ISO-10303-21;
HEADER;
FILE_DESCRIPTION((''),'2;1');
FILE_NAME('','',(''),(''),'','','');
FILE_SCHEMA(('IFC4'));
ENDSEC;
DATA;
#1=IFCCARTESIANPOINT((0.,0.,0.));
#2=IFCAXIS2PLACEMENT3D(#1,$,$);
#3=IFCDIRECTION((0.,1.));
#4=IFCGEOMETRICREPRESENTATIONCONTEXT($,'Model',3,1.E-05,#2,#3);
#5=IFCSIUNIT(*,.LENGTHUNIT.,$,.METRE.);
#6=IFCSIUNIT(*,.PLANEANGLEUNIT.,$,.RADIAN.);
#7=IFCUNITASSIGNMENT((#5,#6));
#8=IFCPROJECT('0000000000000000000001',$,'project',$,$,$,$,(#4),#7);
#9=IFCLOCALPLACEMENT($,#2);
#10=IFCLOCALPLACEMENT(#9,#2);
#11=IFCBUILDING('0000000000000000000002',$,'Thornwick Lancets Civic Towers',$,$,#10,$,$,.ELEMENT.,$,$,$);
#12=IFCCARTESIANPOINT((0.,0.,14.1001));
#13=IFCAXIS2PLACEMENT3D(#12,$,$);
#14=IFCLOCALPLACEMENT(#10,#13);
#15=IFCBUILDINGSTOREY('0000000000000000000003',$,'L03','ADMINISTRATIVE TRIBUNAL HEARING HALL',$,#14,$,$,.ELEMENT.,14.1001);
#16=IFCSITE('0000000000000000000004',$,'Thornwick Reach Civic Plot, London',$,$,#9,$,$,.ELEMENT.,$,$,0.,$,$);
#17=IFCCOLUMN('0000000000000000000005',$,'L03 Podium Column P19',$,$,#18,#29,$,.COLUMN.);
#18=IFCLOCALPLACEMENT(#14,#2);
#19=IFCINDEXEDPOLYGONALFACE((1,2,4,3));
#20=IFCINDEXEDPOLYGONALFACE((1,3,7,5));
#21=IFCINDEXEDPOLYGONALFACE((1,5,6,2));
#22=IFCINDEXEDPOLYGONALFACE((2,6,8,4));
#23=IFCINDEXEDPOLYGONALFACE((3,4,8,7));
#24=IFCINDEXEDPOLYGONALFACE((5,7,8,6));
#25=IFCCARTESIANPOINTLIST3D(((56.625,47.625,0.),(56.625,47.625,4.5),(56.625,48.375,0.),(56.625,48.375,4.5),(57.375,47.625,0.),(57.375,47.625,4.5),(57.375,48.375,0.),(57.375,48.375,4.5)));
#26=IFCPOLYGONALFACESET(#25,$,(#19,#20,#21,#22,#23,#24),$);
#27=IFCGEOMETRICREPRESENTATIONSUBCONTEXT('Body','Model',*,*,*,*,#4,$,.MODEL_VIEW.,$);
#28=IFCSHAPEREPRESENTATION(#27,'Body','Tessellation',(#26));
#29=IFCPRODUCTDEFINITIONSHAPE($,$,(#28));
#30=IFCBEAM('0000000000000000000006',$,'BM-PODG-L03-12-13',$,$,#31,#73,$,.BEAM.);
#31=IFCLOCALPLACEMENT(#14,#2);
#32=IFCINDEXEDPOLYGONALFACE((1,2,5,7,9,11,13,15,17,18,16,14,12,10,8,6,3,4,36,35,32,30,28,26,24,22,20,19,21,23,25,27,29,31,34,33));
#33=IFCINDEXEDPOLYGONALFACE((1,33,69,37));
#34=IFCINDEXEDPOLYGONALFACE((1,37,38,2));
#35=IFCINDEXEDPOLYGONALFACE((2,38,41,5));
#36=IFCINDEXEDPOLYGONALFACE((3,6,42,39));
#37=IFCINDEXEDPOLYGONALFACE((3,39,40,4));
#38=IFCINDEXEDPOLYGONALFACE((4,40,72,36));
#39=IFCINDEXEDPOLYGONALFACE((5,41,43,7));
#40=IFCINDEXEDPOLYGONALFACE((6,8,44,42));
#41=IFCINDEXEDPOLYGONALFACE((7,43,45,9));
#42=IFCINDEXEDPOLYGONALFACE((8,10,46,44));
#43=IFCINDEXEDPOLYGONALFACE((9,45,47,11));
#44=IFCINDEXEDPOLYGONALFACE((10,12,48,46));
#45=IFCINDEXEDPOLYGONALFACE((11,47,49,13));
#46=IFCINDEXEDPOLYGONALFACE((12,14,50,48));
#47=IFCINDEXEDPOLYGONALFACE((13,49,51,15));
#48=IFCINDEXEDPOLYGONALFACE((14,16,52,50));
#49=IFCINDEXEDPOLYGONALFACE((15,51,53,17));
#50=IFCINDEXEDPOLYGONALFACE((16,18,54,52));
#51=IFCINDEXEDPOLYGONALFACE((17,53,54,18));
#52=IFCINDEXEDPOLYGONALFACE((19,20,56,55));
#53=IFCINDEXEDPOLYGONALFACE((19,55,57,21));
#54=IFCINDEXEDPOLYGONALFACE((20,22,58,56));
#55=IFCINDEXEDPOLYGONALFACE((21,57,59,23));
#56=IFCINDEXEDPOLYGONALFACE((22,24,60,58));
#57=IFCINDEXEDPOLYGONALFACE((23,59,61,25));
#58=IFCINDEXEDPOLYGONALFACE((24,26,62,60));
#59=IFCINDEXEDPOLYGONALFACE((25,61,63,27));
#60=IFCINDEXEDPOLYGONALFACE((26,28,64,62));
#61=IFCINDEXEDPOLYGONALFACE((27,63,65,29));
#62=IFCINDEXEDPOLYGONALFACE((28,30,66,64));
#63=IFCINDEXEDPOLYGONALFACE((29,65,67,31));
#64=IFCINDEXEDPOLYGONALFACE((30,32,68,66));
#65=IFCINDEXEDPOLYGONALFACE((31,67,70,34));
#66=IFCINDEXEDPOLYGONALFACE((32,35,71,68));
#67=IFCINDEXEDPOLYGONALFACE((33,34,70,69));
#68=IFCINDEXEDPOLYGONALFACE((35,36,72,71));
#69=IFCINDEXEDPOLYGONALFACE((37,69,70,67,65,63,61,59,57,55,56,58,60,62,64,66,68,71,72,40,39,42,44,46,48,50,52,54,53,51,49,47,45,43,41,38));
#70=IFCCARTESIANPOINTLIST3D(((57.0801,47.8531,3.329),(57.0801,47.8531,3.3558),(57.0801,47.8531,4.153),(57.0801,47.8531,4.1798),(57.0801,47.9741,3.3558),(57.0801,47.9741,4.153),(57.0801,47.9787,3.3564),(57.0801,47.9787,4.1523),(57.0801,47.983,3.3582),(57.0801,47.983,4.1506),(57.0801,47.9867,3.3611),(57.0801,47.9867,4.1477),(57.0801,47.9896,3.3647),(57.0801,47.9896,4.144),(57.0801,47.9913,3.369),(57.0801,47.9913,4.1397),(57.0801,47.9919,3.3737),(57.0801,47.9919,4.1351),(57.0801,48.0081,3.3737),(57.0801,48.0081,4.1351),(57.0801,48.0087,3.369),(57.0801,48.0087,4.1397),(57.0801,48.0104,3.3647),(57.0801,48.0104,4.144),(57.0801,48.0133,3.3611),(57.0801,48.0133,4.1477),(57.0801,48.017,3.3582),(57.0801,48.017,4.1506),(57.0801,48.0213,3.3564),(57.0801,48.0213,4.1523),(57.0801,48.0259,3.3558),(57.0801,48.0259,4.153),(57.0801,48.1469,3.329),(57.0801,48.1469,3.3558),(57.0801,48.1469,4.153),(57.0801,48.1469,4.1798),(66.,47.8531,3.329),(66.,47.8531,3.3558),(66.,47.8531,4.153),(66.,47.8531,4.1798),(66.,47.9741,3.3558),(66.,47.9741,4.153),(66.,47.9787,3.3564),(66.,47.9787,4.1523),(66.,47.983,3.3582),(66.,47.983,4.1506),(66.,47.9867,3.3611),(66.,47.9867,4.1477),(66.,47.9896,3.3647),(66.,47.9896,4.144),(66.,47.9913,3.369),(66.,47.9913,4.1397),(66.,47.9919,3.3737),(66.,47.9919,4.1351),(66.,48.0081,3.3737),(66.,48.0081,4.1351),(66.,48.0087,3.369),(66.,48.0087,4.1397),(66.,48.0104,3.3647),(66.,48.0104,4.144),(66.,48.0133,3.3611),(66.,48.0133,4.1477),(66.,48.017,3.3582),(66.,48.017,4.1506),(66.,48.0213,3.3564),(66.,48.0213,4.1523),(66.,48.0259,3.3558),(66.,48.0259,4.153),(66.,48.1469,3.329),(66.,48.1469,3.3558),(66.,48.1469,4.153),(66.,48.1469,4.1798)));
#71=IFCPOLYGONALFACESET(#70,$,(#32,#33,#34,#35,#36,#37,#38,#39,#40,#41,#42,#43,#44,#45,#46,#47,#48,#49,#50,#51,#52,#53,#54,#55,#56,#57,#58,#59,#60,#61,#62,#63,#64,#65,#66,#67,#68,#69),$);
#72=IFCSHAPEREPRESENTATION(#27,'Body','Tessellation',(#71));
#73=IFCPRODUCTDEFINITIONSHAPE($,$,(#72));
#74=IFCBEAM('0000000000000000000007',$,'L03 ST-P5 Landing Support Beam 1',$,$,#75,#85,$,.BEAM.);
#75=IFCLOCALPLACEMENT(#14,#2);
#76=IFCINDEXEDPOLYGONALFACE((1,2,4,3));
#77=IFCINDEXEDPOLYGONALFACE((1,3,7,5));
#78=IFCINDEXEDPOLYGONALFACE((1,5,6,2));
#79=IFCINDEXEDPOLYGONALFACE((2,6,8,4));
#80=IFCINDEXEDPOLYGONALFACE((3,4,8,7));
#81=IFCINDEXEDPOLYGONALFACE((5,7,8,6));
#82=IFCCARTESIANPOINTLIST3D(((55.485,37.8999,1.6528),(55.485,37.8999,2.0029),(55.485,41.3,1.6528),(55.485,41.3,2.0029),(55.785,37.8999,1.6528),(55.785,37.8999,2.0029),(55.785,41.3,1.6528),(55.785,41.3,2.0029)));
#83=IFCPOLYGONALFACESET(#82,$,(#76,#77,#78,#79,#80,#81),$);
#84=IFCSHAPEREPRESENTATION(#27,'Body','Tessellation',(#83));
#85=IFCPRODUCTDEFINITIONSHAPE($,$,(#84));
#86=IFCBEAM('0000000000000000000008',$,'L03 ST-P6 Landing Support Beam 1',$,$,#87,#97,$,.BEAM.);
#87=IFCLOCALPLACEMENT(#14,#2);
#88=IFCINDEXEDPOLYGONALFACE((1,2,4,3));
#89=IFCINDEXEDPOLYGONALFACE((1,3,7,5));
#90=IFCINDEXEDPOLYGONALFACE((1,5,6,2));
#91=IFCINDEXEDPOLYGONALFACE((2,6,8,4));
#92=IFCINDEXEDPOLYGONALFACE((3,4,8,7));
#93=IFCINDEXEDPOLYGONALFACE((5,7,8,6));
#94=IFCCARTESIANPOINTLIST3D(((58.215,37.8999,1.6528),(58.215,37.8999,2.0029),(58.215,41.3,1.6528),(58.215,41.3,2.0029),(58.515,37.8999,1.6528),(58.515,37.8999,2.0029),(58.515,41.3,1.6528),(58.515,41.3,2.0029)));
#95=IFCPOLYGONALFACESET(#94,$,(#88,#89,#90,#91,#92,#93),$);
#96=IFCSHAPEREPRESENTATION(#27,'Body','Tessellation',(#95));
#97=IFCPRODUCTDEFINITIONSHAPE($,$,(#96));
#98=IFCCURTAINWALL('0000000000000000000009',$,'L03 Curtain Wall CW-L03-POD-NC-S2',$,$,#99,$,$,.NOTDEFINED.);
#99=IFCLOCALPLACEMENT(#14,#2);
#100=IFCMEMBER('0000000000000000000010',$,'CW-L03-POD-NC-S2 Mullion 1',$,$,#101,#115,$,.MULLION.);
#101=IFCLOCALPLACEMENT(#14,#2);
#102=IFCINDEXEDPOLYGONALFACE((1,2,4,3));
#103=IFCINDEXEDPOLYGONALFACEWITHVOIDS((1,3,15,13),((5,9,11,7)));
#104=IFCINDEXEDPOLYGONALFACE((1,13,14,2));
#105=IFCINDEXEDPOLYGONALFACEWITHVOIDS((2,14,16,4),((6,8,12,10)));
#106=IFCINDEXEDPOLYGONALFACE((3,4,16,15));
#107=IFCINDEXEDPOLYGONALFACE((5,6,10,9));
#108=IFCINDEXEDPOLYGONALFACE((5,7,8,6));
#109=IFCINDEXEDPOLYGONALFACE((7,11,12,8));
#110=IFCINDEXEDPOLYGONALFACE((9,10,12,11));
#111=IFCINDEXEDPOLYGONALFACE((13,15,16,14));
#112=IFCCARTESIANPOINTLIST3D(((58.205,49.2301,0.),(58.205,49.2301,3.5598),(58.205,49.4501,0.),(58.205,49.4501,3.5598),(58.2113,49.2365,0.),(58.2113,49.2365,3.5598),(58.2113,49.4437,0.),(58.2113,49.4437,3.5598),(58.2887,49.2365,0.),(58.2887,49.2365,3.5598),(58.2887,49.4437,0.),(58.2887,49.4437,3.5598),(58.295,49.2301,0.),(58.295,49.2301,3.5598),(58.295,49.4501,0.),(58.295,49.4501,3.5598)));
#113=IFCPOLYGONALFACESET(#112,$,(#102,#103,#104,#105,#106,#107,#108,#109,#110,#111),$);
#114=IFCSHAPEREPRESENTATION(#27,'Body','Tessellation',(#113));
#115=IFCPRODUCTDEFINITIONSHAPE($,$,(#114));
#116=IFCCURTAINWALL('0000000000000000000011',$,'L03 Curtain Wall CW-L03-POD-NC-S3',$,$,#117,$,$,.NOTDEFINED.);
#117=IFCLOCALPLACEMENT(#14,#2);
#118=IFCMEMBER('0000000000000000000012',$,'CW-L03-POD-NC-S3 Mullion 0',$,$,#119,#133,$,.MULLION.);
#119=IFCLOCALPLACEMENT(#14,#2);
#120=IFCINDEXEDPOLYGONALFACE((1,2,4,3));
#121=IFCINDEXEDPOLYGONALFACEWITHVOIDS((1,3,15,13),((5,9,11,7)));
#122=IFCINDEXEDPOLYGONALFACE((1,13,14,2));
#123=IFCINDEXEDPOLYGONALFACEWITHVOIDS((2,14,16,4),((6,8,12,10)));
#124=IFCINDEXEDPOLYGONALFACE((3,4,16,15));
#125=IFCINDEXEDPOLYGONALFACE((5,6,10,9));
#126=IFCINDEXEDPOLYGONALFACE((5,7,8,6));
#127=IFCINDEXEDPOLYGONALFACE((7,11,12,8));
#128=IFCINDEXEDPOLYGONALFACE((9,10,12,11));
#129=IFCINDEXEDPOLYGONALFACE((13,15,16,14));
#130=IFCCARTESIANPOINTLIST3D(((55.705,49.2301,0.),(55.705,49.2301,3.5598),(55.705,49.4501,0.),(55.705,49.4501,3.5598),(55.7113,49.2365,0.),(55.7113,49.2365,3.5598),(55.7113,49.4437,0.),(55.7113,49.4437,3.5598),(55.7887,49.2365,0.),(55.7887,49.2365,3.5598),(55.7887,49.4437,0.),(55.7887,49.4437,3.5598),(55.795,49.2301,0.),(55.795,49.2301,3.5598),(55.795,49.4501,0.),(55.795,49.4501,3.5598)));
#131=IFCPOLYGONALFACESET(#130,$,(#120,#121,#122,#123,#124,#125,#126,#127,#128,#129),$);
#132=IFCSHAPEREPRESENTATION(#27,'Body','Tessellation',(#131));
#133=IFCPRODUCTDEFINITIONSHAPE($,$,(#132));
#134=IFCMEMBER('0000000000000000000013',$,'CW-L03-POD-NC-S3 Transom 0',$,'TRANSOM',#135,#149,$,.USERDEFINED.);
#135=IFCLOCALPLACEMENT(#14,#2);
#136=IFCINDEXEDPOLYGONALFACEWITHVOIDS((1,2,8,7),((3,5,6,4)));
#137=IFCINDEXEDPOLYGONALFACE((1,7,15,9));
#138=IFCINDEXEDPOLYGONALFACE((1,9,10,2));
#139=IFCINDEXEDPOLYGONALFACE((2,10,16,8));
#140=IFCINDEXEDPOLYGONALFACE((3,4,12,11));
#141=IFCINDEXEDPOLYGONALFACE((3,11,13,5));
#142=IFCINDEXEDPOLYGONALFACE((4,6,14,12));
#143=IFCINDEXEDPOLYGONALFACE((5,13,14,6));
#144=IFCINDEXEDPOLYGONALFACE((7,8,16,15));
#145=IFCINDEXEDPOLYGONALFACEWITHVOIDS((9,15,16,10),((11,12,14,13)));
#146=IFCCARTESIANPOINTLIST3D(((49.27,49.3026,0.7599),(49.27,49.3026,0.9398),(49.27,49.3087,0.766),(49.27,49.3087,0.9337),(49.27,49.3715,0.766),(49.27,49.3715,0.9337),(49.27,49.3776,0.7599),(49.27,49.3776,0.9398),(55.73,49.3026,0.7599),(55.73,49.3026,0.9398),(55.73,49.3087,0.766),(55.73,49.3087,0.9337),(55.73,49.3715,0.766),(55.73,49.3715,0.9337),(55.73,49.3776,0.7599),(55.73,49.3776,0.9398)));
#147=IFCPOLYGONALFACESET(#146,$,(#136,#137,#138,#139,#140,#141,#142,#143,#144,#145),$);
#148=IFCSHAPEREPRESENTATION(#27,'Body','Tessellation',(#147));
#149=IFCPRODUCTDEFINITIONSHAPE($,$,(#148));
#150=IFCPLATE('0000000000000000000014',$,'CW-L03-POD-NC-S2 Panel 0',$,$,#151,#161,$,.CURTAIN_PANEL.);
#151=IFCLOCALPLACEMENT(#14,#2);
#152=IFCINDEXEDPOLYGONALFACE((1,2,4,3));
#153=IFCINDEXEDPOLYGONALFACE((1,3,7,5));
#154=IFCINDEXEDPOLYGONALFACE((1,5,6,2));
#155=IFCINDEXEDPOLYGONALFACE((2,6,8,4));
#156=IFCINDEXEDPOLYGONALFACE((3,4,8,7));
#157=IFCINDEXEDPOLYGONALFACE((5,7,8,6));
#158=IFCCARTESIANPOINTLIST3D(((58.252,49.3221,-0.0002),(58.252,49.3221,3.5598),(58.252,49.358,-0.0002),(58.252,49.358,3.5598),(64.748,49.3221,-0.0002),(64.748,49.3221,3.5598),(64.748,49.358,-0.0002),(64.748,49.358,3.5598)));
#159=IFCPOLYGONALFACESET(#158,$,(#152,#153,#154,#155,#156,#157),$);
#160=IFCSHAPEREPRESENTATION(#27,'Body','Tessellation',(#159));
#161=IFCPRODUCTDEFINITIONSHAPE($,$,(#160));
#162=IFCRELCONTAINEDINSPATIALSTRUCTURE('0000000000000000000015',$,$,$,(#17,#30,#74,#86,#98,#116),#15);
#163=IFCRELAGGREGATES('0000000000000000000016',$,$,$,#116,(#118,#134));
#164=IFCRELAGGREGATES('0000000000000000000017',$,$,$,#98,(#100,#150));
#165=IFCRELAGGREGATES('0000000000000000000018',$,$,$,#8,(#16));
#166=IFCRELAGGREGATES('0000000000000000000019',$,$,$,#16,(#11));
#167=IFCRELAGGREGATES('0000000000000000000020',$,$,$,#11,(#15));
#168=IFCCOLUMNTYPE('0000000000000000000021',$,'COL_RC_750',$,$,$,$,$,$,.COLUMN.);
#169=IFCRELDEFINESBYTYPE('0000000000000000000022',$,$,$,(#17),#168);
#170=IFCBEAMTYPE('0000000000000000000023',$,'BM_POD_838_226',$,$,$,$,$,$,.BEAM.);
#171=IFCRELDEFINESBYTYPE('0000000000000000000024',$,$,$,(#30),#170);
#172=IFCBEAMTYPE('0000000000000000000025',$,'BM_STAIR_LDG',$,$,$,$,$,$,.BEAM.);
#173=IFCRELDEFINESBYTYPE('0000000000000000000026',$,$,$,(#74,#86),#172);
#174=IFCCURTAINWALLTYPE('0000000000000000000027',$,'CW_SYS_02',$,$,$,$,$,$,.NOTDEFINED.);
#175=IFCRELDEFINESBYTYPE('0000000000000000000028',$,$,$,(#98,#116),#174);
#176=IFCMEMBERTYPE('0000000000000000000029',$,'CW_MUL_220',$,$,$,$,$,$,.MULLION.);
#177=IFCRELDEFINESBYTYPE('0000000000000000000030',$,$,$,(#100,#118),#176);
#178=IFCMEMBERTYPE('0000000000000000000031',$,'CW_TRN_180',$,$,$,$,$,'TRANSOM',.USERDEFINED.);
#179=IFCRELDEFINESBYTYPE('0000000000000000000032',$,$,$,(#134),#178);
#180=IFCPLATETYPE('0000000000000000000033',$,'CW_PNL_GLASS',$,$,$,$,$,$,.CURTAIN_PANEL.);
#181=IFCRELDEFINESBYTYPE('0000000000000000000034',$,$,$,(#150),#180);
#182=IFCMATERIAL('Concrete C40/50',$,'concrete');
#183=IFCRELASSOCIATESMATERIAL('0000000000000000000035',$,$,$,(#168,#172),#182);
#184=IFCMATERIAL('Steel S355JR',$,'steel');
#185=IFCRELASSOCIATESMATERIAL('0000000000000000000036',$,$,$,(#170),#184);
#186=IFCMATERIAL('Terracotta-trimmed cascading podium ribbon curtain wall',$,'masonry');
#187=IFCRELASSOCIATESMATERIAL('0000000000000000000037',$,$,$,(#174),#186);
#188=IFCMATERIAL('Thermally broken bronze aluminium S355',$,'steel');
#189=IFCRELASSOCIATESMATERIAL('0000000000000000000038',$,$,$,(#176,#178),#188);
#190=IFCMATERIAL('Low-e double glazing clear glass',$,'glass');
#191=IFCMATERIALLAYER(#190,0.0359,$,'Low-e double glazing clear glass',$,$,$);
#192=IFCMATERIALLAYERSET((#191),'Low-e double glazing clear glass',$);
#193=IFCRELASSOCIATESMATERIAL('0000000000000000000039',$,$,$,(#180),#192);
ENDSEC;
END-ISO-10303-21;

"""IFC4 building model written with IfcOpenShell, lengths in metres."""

from ifc_helpers import new_model, si_unit, direction, frame, origin, origin_2d, place, context, subcontext, project, spatial, rectangle, hollow_rectangle, i_section, extrude, material, layer, layer_set, material_profile, profile_set, type_object, element, aggregate, save


model = new_model("IFC4")

# Units and contexts
model_context = context("Model", 3, precision=1e-05, world=origin(), true_north=direction((0.0, 1.0)))
body_context = subcontext(model_context, "Body", "Model", "MODEL_VIEW")
ifc_project = project(units=[si_unit("LENGTHUNIT", "METRE"), si_unit("PLANEANGLEUNIT", "RADIAN")], contexts=[model_context])

# Site, building, storey
site_placement = place(None, origin())
site = spatial("IfcSite", under=ifc_project, at=site_placement, Name="Thornwick Reach Civic Plot, London", CompositionType="ELEMENT", RefElevation=0.0)
building_placement = place(site_placement, origin())
building = spatial("IfcBuilding", under=site, at=building_placement, Name="Thornwick Lancets Civic Towers", CompositionType="ELEMENT")
storey_placement = place(building_placement, frame((0.0, 0.0, 14.1001)))
storey = spatial("IfcBuildingStorey", under=building, at=storey_placement, Name="L03", Description="ADMINISTRATIVE TRIBUNAL HEARING HALL", CompositionType="ELEMENT", Elevation=14.1001)

# Column
ifc_material_1 = material(Name="Concrete C40/50", Category="concrete")
ifc_material_profile_1 = material_profile(ifc_material_1, rectangle(XDim=0.75, YDim=0.75, at=origin_2d()), Name="RC 750x750")
ifc_profile_set_1 = profile_set([ifc_material_profile_1], Name="Concrete C40/50")
column_type = type_object("IfcColumnType", Name="COL_RC_750", PredefinedType="COLUMN", material=ifc_profile_set_1)
column_placement = place(storey_placement, frame((57.0, 48.0, 0.0), z_axis=(0.0, 0.0, 1.0), x_axis=(1.0, 0.0, 0.0)))
element("IfcColumn", 1, at=column_placement, inside=storey, type_object=column_type, Name="L03 Podium Column P19", PredefinedType="COLUMN", context=body_context, shape_type="SweptSolid", body=[
    extrude(rectangle(XDim=0.75, YDim=0.75, at=origin_2d()), origin(), (0.0, 0.0, 1.0), 4.5),
])

# Beams
ifc_material_2 = material(Name="Steel S355JR", Category="steel")
ifc_material_profile_2 = material_profile(ifc_material_2, i_section(OverallWidth=0.2937, OverallDepth=0.8508, WebThickness=0.0161, FlangeThickness=0.0269, FilletRadius=0.0178, at=origin_2d()), Name="UKB 838x292x226")
ifc_profile_set_2 = profile_set([ifc_material_profile_2], Name="Steel S355JR")
beam_type_1 = type_object("IfcBeamType", Name="BM_POD_838_226", PredefinedType="BEAM", material=ifc_profile_set_2)
beam_placement = place(storey_placement, frame((57.0801, 48.0, 3.7544), z_axis=(1.0, 0.0, 0.0), x_axis=(0.0, 1.0, 0.0)))
element("IfcBeam", 2, at=beam_placement, inside=storey, type_object=beam_type_1, Name="BM-PODG-L03-12-13", PredefinedType="BEAM", context=body_context, shape_type="SweptSolid", body=[
    extrude(i_section(OverallWidth=0.2937, OverallDepth=0.8508, WebThickness=0.0161, FlangeThickness=0.0269, FilletRadius=0.0178, at=origin_2d()), origin(), (0.0, 0.0, 1.0), 8.9199),
])
ifc_material_profile_3 = material_profile(ifc_material_1, rectangle(XDim=0.3, YDim=0.3501, at=origin_2d()), Name="RC 300x350")
ifc_profile_set_3 = profile_set([ifc_material_profile_3], Name="Concrete C40/50")
beam_type_2 = type_object("IfcBeamType", Name="BM_STAIR_LDG", PredefinedType="BEAM", material=ifc_profile_set_3)
for number, where, z_axis, x_axis, name in (
    (3, (55.635, 37.8999, 1.8279), (0.0, 1.0, 0.0), (-1.0, 0.0, 0.0), "L03 ST-P5 Landing Support Beam 1"),
    (4, (58.365, 41.3, 1.8279), (0.0, -1.0, 0.0), (1.0, 0.0, 0.0), "L03 ST-P6 Landing Support Beam 1"),
):
    element("IfcBeam", number, at=place(storey_placement, frame(where, z_axis=z_axis, x_axis=x_axis)), inside=storey, type_object=beam_type_2, Name=name, PredefinedType="BEAM", context=body_context, shape_type="SweptSolid", body=[
        extrude(rectangle(XDim=0.3, YDim=0.3501, at=origin_2d()), origin(), (0.0, 0.0, 1.0), 3.4001),
    ])

# Curtain wall, member
ifc_material_3 = material(Name="Terracotta-trimmed cascading podium ribbon curtain wall", Category="masonry")
curtain_wall_type = type_object("IfcCurtainWallType", Name="CW_SYS_02", PredefinedType="NOTDEFINED", material=ifc_material_3)
curtain_wall_1_placement = place(storey_placement, origin())
curtain_wall_1 = element("IfcCurtainWall", 5, at=curtain_wall_1_placement, inside=storey, type_object=curtain_wall_type, Name="L03 Curtain Wall CW-L03-POD-NC-S2", PredefinedType="NOTDEFINED")
ifc_material_4 = material(Name="Thermally broken bronze aluminium S355", Category="steel")
ifc_material_profile_4 = material_profile(ifc_material_4, hollow_rectangle(XDim=0.0901, YDim=0.22, WallThickness=0.0063, at=origin_2d()), Name="RHS 220x90x6.3")
ifc_profile_set_4 = profile_set([ifc_material_profile_4], Name="Thermally broken bronze aluminium S355")
member_type_1 = type_object("IfcMemberType", Name="CW_MUL_220", PredefinedType="MULLION", material=ifc_profile_set_4)
member_1_placement = place(storey_placement, frame((58.25, 49.3401, 0.0), z_axis=(0.0, 0.0, 1.0), x_axis=(1.0, 0.0, 0.0)))
member_1 = element("IfcMember", 6, at=member_1_placement, type_object=member_type_1, Name="CW-L03-POD-NC-S2 Mullion 1", PredefinedType="MULLION", context=body_context, shape_type="SweptSolid", body=[
    extrude(hollow_rectangle(XDim=0.0901, YDim=0.22, WallThickness=0.0063, at=origin_2d()), origin(), (0.0, 0.0, 1.0), 3.5598),
])

# Curtain wall, members
curtain_wall_2_placement = place(storey_placement, origin())
curtain_wall_2 = element("IfcCurtainWall", 7, at=curtain_wall_2_placement, inside=storey, type_object=curtain_wall_type, Name="L03 Curtain Wall CW-L03-POD-NC-S3", PredefinedType="NOTDEFINED")
member_2_placement = place(storey_placement, frame((55.75, 49.3401, 0.0), z_axis=(0.0, 0.0, 1.0), x_axis=(1.0, 0.0, 0.0)))
member_2 = element("IfcMember", 8, at=member_2_placement, type_object=member_type_1, Name="CW-L03-POD-NC-S3 Mullion 0", PredefinedType="MULLION", context=body_context, shape_type="SweptSolid", body=[
    extrude(hollow_rectangle(XDim=0.0901, YDim=0.22, WallThickness=0.0063, at=origin_2d()), origin(), (0.0, 0.0, 1.0), 3.5598),
])
ifc_material_profile_5 = material_profile(ifc_material_4, hollow_rectangle(XDim=0.075, YDim=0.1799, WallThickness=0.0061, at=origin_2d()), Name="RHS 180x75x6")
ifc_profile_set_5 = profile_set([ifc_material_profile_5], Name="Thermally broken bronze aluminium S355")
member_type_2 = type_object("IfcMemberType", Name="CW_TRN_180", ElementType="TRANSOM", PredefinedType="USERDEFINED", material=ifc_profile_set_5)
member_3_placement = place(storey_placement, frame((55.73, 49.3401, 0.8499), z_axis=(-1.0, 0.0, 0.0), x_axis=(0.0, -1.0, 0.0)))
member_3 = element("IfcMember", 9, at=member_3_placement, type_object=member_type_2, Name="CW-L03-POD-NC-S3 Transom 0", ObjectType="TRANSOM", PredefinedType="USERDEFINED", context=body_context, shape_type="SweptSolid", body=[
    extrude(hollow_rectangle(XDim=0.075, YDim=0.1799, WallThickness=0.0061, at=origin_2d()), origin(), (0.0, 0.0, 1.0), 6.46),
])
aggregate(curtain_wall_2, [member_2, member_3])

# Plate
ifc_material_5 = material(Name="Low-e double glazing clear glass", Category="glass")
ifc_layer_1 = layer(ifc_material_5, 0.0359, Name="Low-e double glazing clear glass")
ifc_layer_set_1 = layer_set([ifc_layer_1], Name="Low-e double glazing clear glass")
plate_type = type_object("IfcPlateType", Name="CW_PNL_GLASS", PredefinedType="CURTAIN_PANEL", material=ifc_layer_set_1)
plate_placement = place(storey_placement, frame((61.5, 49.3401, -0.0002), z_axis=(0.0, 0.0, 1.0), x_axis=(-1.0, 0.0, 0.0)))
plate = element("IfcPlate", 10, at=plate_placement, type_object=plate_type, Name="CW-L03-POD-NC-S2 Panel 0", PredefinedType="CURTAIN_PANEL", context=body_context, shape_type="SweptSolid", body=[
    extrude(rectangle(XDim=6.4961, YDim=0.0359, at=origin_2d()), origin(), (0.0, 0.0, 1.0), 3.5601),
])
aggregate(curtain_wall_1, [member_1, plate])

save(model, "model.ifc")
